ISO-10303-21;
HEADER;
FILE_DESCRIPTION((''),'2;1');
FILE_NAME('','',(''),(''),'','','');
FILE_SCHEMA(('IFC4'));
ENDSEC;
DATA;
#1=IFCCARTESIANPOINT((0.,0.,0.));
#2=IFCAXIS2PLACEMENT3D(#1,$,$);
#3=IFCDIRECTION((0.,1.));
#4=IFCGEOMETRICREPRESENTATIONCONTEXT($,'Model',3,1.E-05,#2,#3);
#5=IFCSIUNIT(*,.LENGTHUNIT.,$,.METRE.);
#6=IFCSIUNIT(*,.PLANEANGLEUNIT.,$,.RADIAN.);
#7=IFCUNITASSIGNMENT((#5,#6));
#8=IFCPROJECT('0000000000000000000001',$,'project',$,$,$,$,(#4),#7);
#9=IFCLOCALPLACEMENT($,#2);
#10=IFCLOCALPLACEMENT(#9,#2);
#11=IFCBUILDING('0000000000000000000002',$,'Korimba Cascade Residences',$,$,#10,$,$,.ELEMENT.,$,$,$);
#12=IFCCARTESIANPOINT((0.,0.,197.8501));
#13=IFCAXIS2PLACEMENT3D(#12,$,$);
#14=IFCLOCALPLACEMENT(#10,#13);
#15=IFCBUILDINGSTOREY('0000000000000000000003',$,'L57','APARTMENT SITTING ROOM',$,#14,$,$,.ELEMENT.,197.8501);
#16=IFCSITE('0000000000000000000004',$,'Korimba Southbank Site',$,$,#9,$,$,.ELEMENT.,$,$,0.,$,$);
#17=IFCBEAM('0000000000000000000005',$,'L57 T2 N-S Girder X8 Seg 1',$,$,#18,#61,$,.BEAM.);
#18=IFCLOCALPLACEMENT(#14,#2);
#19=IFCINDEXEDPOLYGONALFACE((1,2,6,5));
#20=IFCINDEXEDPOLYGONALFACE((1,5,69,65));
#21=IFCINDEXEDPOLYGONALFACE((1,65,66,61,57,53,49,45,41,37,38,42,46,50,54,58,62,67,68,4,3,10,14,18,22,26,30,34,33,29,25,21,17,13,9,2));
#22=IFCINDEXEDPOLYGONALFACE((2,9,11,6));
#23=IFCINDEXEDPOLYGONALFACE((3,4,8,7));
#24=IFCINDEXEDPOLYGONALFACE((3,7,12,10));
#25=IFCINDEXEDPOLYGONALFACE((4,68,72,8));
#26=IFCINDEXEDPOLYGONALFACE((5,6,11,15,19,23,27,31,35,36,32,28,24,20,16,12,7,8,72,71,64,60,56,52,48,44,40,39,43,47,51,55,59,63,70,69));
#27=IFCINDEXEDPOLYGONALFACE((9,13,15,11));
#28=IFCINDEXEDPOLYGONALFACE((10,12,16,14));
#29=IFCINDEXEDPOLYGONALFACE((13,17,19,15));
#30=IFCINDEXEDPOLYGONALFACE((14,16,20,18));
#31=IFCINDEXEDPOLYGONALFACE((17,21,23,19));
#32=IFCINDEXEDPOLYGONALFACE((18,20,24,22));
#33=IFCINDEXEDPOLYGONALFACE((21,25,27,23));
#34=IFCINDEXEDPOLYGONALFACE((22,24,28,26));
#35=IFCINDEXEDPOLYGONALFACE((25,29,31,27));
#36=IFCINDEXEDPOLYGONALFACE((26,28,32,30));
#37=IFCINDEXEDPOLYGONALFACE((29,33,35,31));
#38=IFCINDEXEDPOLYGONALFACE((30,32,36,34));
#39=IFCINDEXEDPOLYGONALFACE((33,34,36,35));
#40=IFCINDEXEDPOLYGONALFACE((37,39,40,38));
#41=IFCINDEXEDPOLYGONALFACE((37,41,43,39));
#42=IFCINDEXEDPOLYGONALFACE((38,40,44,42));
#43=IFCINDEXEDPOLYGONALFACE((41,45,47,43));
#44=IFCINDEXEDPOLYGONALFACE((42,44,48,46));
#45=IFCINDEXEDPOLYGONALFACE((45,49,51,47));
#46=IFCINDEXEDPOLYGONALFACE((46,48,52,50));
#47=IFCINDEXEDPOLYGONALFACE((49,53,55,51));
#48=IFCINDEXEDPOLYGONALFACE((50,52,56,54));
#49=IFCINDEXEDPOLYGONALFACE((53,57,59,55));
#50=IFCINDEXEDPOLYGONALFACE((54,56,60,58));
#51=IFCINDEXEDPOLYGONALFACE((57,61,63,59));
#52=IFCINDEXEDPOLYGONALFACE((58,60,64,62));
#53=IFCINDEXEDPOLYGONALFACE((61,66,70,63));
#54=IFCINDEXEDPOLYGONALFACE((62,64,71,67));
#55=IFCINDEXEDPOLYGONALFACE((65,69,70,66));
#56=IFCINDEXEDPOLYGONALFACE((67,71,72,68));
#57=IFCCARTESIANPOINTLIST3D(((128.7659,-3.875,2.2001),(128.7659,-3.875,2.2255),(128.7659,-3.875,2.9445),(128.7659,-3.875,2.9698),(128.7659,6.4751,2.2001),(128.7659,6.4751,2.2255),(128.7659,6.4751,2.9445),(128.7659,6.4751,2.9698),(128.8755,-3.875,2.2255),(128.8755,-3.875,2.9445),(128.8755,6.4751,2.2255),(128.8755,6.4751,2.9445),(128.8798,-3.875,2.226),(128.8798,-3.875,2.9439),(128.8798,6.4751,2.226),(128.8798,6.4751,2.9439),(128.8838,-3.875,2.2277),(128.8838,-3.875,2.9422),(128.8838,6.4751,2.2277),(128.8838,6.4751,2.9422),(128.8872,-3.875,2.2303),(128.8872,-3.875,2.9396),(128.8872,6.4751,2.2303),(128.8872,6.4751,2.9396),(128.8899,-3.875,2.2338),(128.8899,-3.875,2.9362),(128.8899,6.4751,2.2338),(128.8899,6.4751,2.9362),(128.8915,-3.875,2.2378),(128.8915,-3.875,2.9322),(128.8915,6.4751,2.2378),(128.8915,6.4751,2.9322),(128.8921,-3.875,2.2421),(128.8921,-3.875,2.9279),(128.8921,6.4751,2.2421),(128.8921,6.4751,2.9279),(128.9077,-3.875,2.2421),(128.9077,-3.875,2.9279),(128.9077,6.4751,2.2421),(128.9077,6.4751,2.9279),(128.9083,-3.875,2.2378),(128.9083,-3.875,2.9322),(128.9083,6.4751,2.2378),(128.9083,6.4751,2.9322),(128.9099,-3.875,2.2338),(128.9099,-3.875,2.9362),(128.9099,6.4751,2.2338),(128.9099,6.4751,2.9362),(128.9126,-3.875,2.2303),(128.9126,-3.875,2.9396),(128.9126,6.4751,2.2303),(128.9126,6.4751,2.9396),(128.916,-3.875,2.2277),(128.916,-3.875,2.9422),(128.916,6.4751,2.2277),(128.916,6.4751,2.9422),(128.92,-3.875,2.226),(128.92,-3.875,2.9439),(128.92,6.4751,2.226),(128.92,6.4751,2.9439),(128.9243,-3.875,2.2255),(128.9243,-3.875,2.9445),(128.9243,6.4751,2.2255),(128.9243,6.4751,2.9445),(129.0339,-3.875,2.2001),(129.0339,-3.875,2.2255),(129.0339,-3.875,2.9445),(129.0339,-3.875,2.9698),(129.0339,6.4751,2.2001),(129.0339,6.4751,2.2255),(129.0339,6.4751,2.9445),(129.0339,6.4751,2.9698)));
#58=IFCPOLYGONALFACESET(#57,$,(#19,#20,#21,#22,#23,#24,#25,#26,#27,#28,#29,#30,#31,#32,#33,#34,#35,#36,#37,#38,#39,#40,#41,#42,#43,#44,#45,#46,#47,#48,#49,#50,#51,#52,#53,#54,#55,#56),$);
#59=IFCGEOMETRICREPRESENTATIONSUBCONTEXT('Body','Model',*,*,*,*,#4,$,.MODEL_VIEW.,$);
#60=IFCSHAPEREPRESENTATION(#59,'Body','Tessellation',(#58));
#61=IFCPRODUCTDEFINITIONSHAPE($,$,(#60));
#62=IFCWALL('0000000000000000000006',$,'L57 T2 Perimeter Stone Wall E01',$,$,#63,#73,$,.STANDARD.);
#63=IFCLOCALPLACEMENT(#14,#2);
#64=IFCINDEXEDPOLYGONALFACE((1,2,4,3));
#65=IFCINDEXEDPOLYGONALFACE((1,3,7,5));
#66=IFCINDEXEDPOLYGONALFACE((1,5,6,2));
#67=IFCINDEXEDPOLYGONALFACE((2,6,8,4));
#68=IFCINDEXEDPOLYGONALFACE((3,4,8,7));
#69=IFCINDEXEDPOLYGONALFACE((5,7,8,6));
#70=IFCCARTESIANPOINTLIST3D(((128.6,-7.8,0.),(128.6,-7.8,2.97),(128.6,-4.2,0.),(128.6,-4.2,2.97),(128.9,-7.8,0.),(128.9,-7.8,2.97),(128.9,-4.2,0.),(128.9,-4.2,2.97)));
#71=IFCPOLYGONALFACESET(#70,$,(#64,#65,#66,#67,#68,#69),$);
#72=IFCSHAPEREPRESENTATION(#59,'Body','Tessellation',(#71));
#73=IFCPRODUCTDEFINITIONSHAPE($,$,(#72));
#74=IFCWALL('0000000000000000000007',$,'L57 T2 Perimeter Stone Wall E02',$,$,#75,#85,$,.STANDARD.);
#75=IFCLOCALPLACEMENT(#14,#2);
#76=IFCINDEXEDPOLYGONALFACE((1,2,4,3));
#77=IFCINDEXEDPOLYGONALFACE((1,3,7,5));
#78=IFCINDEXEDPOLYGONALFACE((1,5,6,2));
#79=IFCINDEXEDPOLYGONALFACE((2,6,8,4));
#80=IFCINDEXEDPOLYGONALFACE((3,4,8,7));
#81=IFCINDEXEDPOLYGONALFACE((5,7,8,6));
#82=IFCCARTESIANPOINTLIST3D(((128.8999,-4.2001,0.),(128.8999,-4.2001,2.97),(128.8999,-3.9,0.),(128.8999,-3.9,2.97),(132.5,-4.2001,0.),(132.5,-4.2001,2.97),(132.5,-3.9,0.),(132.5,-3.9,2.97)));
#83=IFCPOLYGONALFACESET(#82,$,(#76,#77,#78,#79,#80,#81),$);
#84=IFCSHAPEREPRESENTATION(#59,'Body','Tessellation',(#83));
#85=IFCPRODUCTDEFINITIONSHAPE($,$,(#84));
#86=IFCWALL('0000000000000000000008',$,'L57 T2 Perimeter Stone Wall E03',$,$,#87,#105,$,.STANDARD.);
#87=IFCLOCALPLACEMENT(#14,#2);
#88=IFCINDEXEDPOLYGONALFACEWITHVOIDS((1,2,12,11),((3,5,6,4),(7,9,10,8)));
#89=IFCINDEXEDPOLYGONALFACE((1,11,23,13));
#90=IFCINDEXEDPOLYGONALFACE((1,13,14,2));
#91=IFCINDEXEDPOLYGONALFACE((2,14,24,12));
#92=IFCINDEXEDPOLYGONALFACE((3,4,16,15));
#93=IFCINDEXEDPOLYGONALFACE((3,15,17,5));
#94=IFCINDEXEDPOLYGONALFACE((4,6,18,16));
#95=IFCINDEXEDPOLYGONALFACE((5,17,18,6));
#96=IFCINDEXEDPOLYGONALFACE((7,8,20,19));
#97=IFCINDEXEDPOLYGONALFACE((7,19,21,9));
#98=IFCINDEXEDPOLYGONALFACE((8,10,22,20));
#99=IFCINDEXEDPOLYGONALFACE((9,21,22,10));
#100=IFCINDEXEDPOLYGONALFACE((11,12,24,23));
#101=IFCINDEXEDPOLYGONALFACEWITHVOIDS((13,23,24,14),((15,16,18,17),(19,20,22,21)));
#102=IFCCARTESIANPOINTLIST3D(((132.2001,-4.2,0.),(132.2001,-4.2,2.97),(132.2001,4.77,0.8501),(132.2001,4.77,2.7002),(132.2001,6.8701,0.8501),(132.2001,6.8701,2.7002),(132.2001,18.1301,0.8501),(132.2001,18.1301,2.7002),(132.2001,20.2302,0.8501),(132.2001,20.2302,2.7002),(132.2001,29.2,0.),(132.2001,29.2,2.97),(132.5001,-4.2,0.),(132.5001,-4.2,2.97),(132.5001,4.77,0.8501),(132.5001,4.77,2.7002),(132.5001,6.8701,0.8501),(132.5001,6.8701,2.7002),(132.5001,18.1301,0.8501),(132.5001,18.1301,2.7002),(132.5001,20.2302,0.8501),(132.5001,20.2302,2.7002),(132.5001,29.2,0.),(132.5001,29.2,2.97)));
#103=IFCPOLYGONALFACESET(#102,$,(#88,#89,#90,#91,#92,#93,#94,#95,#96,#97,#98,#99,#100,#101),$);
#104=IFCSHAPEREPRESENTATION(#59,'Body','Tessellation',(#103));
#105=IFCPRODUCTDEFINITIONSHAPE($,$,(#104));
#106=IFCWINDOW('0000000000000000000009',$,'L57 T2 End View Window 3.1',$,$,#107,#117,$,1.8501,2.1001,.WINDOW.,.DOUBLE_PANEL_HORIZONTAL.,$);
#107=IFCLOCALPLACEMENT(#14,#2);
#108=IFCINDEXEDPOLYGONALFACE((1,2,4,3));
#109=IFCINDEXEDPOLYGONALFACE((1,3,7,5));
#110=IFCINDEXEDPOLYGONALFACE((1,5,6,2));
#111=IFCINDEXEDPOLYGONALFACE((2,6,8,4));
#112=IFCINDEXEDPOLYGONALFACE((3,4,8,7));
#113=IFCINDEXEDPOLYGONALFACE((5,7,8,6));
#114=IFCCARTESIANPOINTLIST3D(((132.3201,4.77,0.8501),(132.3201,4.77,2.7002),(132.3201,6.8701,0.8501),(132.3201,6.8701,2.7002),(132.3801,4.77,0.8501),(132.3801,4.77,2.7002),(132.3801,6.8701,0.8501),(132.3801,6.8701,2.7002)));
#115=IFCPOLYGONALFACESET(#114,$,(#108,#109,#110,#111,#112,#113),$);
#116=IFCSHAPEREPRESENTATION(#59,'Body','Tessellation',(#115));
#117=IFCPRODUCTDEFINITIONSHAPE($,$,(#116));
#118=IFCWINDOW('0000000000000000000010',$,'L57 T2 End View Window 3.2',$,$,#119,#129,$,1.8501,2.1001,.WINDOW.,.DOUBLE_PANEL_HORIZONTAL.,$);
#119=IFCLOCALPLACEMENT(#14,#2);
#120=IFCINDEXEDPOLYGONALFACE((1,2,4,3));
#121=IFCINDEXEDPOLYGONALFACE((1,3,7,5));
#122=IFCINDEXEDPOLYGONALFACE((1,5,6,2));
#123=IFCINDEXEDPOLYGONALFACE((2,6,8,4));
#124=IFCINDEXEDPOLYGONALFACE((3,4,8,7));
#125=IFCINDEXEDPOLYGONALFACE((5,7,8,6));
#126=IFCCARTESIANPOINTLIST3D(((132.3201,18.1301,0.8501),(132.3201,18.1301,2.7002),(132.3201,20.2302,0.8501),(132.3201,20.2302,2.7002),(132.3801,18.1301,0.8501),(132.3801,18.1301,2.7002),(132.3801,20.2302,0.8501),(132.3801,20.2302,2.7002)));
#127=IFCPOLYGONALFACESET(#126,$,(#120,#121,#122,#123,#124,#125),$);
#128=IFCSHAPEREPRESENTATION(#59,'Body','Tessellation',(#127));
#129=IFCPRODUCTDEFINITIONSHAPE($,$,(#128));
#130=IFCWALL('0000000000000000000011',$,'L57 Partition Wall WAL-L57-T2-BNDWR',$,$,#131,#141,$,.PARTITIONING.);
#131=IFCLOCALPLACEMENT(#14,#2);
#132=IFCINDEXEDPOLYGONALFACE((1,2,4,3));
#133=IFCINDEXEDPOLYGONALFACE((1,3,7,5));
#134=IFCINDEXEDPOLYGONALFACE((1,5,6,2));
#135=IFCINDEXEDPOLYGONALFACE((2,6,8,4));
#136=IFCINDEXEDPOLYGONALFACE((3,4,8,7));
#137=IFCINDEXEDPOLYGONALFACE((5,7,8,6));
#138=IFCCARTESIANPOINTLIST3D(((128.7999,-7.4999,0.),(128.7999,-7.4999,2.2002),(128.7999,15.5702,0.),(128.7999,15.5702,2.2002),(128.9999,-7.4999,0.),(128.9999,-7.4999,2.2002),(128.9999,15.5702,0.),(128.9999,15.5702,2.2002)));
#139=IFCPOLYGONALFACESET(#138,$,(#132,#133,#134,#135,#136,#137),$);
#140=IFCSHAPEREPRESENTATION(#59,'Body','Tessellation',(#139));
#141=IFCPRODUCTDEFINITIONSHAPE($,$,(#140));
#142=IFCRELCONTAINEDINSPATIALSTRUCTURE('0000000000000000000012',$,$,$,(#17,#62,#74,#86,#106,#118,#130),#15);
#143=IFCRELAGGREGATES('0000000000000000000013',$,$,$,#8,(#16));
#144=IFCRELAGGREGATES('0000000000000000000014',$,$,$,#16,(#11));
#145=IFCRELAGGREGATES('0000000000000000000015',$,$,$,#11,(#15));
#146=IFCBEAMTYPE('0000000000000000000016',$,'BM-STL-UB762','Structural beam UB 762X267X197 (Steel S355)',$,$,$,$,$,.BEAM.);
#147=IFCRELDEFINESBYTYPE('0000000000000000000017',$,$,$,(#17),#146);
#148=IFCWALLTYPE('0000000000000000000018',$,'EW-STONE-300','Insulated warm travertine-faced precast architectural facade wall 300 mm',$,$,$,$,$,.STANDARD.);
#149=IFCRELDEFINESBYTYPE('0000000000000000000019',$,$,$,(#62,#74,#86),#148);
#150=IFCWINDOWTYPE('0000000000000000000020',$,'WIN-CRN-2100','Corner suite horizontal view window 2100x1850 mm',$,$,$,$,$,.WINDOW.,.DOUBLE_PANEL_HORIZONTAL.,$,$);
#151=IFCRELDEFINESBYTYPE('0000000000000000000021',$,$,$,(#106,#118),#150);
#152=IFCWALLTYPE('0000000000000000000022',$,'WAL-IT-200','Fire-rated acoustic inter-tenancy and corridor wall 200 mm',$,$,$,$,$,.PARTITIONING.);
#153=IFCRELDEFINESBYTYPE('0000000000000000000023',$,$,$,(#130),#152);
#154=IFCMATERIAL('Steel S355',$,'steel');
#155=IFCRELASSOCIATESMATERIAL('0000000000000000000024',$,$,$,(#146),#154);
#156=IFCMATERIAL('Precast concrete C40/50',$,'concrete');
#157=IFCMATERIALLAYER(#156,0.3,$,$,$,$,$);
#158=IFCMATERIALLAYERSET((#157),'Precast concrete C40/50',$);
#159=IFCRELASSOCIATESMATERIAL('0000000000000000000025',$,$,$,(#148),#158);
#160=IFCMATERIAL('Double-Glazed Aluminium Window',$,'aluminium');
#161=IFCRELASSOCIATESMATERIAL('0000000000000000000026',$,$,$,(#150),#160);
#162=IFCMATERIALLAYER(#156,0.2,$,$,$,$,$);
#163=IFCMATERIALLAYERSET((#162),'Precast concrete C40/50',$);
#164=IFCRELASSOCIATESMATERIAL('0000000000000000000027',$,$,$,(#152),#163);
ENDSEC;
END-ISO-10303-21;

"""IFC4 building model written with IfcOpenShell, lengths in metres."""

from ifc_helpers import new_model, si_unit, direction, frame, frame_2d, origin, origin_2d, place, context, subcontext, project, spatial, rectangle, i_section, extrude, material, layer, layer_set, material_profile, profile_set, type_object, element, fill, save


model = new_model("IFC4")

# Units and contexts
model_context = context("Model", 3, precision=1e-05, world=origin(), true_north=direction((0.0, 1.0)))
body_context = subcontext(model_context, "Body", "Model", "MODEL_VIEW")
ifc_project = project(units=[si_unit("LENGTHUNIT", "METRE"), si_unit("PLANEANGLEUNIT", "RADIAN")], contexts=[model_context])

# Site, building, storey
site_placement = place(None, origin())
site = spatial("IfcSite", under=ifc_project, at=site_placement, Name="Korimba Southbank Site", CompositionType="ELEMENT", RefElevation=0.0)
building_placement = place(site_placement, origin())
building = spatial("IfcBuilding", under=site, at=building_placement, Name="Korimba Cascade Residences", CompositionType="ELEMENT")
storey_placement = place(building_placement, frame((0.0, 0.0, 197.8501)))
storey = spatial("IfcBuildingStorey", under=building, at=storey_placement, Name="L57", Description="APARTMENT SITTING ROOM", CompositionType="ELEMENT", Elevation=197.8501)

# Beam
ifc_material_1 = material(Name="Steel S355", Category="steel")
ifc_material_profile_1 = material_profile(ifc_material_1, i_section(OverallWidth=0.2681, OverallDepth=0.7698, WebThickness=0.0156, FlangeThickness=0.0254, FilletRadius=0.0166, at=origin_2d()), Name="Steel S355")
ifc_profile_set_1 = profile_set([ifc_material_profile_1], Name="Steel S355")
beam_type_1 = type_object("IfcBeamType", Name="BM-STL-UB762", Description="Structural beam UB 762X267X197 (Steel S355)", PredefinedType="BEAM", material=ifc_profile_set_1)
for number, where, z_axis, x_axis, name in (
    (1, (128.8999, -3.875, 2.585), (0.0, 1.0, 0.0), (-1.0, 0.0, 0.0), "L57 T2 N-S Girder X8 Seg 1"),
):
    element("IfcBeam", number, at=place(storey_placement, frame(where, z_axis=z_axis, x_axis=x_axis)), inside=storey, type_object=beam_type_1, Name=name, PredefinedType="BEAM", context=body_context, shape_type="SweptSolid", body=[
        extrude(i_section(OverallWidth=0.2681, OverallDepth=0.7698, WebThickness=0.0156, FlangeThickness=0.0254, FilletRadius=0.0166, at=origin_2d()), origin(), (0.0, 0.0, 1.0), 10.3501),
    ])

# Walls
ifc_material_2 = material(Name="Precast concrete C40/50", Category="concrete")
ifc_layer_1 = layer(ifc_material_2, 0.3)
ifc_layer_set_1 = layer_set([ifc_layer_1], Name="Precast concrete C40/50")
wall_type_1 = type_object("IfcWallType", Name="EW-STONE-300", Description="Insulated warm travertine-faced precast architectural facade wall 300 mm", PredefinedType="STANDARD", material=ifc_layer_set_1)
for number, where, z_axis, x_axis, name in (
    (2, (128.75, -7.8, 0.0), (0.0, 0.0, 1.0), (0.0, 1.0, 0.0), "L57 T2 Perimeter Stone Wall E01"),
    (3, (128.8999, -4.05, 0.0), (0.0, 0.0, 1.0), (1.0, 0.0, 0.0), "L57 T2 Perimeter Stone Wall E02"),
):
    element("IfcWall", number, at=place(storey_placement, frame(where, z_axis=z_axis, x_axis=x_axis)), inside=storey, type_object=wall_type_1, Name=name, PredefinedType="STANDARD", context=body_context, shape_type="SweptSolid", body=[
        extrude(rectangle(XDim=3.6001, YDim=0.3, at=frame_2d((1.8, 0.0))), origin(), (0.0, 0.0, 1.0), 2.97),
    ])

# Wall, openings, windows
wall_1_placement = place(storey_placement, frame((132.3501, -4.2, 0.0), z_axis=(0.0, 0.0, 1.0), x_axis=(0.0, 1.0, 0.0)))
wall_1 = element("IfcWall", 4, at=wall_1_placement, inside=storey, type_object=wall_type_1, Name="L57 T2 Perimeter Stone Wall E03", PredefinedType="STANDARD", context=body_context, shape_type="SweptSolid", body=[
    extrude(rectangle(XDim=33.3999, YDim=0.3, at=frame_2d((16.7, 0.0))), origin(), (0.0, 0.0, 1.0), 2.97),
])
opening_1_placement = place(wall_1_placement, frame((8.97, 0.0, 0.8501)))
opening_1 = element("IfcOpeningElement", 5, at=opening_1_placement, cuts=wall_1, PredefinedType="OPENING", context=body_context, shape_type="SweptSolid", body=[
    extrude(rectangle(XDim=2.1001, YDim=1.8501, at=frame_2d((1.05, 0.925))), frame((0.0, 0.1602, 0.0), z_axis=(0.0, -1.0, 0.0), x_axis=(1.0, 0.0, 0.0)), (0.0, 0.0, 1.0), 0.3201),
])
opening_2_placement = place(wall_1_placement, frame((22.3301, 0.0, 0.8501)))
opening_2 = element("IfcOpeningElement", 6, at=opening_2_placement, cuts=wall_1, PredefinedType="OPENING", context=body_context, shape_type="SweptSolid", body=[
    extrude(rectangle(XDim=2.1001, YDim=1.8501, at=frame_2d((1.05, 0.925))), frame((0.0, 0.1602, 0.0), z_axis=(0.0, -1.0, 0.0), x_axis=(1.0, 0.0, 0.0)), (0.0, 0.0, 1.0), 0.3201),
])
ifc_material_3 = material(Name="Double-Glazed Aluminium Window", Category="aluminium")
window_type = type_object("IfcWindowType", Name="WIN-CRN-2100", Description="Corner suite horizontal view window 2100x1850 mm", PartitioningType="DOUBLE_PANEL_HORIZONTAL", PredefinedType="WINDOW", material=ifc_material_3)
window_1_placement = place(opening_1_placement, origin())
window_1 = element("IfcWindow", 7, at=window_1_placement, inside=storey, type_object=window_type, Name="L57 T2 End View Window 3.1", OverallHeight=1.8501, OverallWidth=2.1001, PartitioningType="DOUBLE_PANEL_HORIZONTAL", PredefinedType="WINDOW", context=body_context, shape_type="SweptSolid", body=[
    extrude(rectangle(XDim=2.1001, YDim=1.8501, at=frame_2d((1.05, 0.925))), frame((0.0, 0.03, 0.0), z_axis=(0.0, -1.0, 0.0), x_axis=(1.0, 0.0, 0.0)), (0.0, 0.0, 1.0), 0.0601),
])
fill(opening_1, window_1)
window_2_placement = place(opening_2_placement, origin())
window_2 = element("IfcWindow", 8, at=window_2_placement, inside=storey, type_object=window_type, Name="L57 T2 End View Window 3.2", OverallHeight=1.8501, OverallWidth=2.1001, PartitioningType="DOUBLE_PANEL_HORIZONTAL", PredefinedType="WINDOW", context=body_context, shape_type="SweptSolid", body=[
    extrude(rectangle(XDim=2.1001, YDim=1.8501, at=frame_2d((1.05, 0.925))), frame((0.0, 0.03, 0.0), z_axis=(0.0, -1.0, 0.0), x_axis=(1.0, 0.0, 0.0)), (0.0, 0.0, 1.0), 0.0601),
])
fill(opening_2, window_2)

# Wall
ifc_layer_2 = layer(ifc_material_2, 0.2)
ifc_layer_set_2 = layer_set([ifc_layer_2], Name="Precast concrete C40/50")
wall_type_2 = type_object("IfcWallType", Name="WAL-IT-200", Description="Fire-rated acoustic inter-tenancy and corridor wall 200 mm", PredefinedType="PARTITIONING", material=ifc_layer_set_2)
wall_2_placement = place(storey_placement, frame((128.8999, -7.5, 0.0), z_axis=(0.0, 0.0, 1.0), x_axis=(0.0, 1.0, 0.0)))
element("IfcWall", 9, at=wall_2_placement, inside=storey, type_object=wall_type_2, Name="L57 Partition Wall WAL-L57-T2-BNDWR", PredefinedType="PARTITIONING", context=body_context, shape_type="SweptSolid", body=[
    extrude(rectangle(XDim=23.0701, YDim=0.2, at=frame_2d((11.5352, 0.0))), origin(), (0.0, 0.0, 1.0), 2.2002),
])

save(model, "model.ifc")
